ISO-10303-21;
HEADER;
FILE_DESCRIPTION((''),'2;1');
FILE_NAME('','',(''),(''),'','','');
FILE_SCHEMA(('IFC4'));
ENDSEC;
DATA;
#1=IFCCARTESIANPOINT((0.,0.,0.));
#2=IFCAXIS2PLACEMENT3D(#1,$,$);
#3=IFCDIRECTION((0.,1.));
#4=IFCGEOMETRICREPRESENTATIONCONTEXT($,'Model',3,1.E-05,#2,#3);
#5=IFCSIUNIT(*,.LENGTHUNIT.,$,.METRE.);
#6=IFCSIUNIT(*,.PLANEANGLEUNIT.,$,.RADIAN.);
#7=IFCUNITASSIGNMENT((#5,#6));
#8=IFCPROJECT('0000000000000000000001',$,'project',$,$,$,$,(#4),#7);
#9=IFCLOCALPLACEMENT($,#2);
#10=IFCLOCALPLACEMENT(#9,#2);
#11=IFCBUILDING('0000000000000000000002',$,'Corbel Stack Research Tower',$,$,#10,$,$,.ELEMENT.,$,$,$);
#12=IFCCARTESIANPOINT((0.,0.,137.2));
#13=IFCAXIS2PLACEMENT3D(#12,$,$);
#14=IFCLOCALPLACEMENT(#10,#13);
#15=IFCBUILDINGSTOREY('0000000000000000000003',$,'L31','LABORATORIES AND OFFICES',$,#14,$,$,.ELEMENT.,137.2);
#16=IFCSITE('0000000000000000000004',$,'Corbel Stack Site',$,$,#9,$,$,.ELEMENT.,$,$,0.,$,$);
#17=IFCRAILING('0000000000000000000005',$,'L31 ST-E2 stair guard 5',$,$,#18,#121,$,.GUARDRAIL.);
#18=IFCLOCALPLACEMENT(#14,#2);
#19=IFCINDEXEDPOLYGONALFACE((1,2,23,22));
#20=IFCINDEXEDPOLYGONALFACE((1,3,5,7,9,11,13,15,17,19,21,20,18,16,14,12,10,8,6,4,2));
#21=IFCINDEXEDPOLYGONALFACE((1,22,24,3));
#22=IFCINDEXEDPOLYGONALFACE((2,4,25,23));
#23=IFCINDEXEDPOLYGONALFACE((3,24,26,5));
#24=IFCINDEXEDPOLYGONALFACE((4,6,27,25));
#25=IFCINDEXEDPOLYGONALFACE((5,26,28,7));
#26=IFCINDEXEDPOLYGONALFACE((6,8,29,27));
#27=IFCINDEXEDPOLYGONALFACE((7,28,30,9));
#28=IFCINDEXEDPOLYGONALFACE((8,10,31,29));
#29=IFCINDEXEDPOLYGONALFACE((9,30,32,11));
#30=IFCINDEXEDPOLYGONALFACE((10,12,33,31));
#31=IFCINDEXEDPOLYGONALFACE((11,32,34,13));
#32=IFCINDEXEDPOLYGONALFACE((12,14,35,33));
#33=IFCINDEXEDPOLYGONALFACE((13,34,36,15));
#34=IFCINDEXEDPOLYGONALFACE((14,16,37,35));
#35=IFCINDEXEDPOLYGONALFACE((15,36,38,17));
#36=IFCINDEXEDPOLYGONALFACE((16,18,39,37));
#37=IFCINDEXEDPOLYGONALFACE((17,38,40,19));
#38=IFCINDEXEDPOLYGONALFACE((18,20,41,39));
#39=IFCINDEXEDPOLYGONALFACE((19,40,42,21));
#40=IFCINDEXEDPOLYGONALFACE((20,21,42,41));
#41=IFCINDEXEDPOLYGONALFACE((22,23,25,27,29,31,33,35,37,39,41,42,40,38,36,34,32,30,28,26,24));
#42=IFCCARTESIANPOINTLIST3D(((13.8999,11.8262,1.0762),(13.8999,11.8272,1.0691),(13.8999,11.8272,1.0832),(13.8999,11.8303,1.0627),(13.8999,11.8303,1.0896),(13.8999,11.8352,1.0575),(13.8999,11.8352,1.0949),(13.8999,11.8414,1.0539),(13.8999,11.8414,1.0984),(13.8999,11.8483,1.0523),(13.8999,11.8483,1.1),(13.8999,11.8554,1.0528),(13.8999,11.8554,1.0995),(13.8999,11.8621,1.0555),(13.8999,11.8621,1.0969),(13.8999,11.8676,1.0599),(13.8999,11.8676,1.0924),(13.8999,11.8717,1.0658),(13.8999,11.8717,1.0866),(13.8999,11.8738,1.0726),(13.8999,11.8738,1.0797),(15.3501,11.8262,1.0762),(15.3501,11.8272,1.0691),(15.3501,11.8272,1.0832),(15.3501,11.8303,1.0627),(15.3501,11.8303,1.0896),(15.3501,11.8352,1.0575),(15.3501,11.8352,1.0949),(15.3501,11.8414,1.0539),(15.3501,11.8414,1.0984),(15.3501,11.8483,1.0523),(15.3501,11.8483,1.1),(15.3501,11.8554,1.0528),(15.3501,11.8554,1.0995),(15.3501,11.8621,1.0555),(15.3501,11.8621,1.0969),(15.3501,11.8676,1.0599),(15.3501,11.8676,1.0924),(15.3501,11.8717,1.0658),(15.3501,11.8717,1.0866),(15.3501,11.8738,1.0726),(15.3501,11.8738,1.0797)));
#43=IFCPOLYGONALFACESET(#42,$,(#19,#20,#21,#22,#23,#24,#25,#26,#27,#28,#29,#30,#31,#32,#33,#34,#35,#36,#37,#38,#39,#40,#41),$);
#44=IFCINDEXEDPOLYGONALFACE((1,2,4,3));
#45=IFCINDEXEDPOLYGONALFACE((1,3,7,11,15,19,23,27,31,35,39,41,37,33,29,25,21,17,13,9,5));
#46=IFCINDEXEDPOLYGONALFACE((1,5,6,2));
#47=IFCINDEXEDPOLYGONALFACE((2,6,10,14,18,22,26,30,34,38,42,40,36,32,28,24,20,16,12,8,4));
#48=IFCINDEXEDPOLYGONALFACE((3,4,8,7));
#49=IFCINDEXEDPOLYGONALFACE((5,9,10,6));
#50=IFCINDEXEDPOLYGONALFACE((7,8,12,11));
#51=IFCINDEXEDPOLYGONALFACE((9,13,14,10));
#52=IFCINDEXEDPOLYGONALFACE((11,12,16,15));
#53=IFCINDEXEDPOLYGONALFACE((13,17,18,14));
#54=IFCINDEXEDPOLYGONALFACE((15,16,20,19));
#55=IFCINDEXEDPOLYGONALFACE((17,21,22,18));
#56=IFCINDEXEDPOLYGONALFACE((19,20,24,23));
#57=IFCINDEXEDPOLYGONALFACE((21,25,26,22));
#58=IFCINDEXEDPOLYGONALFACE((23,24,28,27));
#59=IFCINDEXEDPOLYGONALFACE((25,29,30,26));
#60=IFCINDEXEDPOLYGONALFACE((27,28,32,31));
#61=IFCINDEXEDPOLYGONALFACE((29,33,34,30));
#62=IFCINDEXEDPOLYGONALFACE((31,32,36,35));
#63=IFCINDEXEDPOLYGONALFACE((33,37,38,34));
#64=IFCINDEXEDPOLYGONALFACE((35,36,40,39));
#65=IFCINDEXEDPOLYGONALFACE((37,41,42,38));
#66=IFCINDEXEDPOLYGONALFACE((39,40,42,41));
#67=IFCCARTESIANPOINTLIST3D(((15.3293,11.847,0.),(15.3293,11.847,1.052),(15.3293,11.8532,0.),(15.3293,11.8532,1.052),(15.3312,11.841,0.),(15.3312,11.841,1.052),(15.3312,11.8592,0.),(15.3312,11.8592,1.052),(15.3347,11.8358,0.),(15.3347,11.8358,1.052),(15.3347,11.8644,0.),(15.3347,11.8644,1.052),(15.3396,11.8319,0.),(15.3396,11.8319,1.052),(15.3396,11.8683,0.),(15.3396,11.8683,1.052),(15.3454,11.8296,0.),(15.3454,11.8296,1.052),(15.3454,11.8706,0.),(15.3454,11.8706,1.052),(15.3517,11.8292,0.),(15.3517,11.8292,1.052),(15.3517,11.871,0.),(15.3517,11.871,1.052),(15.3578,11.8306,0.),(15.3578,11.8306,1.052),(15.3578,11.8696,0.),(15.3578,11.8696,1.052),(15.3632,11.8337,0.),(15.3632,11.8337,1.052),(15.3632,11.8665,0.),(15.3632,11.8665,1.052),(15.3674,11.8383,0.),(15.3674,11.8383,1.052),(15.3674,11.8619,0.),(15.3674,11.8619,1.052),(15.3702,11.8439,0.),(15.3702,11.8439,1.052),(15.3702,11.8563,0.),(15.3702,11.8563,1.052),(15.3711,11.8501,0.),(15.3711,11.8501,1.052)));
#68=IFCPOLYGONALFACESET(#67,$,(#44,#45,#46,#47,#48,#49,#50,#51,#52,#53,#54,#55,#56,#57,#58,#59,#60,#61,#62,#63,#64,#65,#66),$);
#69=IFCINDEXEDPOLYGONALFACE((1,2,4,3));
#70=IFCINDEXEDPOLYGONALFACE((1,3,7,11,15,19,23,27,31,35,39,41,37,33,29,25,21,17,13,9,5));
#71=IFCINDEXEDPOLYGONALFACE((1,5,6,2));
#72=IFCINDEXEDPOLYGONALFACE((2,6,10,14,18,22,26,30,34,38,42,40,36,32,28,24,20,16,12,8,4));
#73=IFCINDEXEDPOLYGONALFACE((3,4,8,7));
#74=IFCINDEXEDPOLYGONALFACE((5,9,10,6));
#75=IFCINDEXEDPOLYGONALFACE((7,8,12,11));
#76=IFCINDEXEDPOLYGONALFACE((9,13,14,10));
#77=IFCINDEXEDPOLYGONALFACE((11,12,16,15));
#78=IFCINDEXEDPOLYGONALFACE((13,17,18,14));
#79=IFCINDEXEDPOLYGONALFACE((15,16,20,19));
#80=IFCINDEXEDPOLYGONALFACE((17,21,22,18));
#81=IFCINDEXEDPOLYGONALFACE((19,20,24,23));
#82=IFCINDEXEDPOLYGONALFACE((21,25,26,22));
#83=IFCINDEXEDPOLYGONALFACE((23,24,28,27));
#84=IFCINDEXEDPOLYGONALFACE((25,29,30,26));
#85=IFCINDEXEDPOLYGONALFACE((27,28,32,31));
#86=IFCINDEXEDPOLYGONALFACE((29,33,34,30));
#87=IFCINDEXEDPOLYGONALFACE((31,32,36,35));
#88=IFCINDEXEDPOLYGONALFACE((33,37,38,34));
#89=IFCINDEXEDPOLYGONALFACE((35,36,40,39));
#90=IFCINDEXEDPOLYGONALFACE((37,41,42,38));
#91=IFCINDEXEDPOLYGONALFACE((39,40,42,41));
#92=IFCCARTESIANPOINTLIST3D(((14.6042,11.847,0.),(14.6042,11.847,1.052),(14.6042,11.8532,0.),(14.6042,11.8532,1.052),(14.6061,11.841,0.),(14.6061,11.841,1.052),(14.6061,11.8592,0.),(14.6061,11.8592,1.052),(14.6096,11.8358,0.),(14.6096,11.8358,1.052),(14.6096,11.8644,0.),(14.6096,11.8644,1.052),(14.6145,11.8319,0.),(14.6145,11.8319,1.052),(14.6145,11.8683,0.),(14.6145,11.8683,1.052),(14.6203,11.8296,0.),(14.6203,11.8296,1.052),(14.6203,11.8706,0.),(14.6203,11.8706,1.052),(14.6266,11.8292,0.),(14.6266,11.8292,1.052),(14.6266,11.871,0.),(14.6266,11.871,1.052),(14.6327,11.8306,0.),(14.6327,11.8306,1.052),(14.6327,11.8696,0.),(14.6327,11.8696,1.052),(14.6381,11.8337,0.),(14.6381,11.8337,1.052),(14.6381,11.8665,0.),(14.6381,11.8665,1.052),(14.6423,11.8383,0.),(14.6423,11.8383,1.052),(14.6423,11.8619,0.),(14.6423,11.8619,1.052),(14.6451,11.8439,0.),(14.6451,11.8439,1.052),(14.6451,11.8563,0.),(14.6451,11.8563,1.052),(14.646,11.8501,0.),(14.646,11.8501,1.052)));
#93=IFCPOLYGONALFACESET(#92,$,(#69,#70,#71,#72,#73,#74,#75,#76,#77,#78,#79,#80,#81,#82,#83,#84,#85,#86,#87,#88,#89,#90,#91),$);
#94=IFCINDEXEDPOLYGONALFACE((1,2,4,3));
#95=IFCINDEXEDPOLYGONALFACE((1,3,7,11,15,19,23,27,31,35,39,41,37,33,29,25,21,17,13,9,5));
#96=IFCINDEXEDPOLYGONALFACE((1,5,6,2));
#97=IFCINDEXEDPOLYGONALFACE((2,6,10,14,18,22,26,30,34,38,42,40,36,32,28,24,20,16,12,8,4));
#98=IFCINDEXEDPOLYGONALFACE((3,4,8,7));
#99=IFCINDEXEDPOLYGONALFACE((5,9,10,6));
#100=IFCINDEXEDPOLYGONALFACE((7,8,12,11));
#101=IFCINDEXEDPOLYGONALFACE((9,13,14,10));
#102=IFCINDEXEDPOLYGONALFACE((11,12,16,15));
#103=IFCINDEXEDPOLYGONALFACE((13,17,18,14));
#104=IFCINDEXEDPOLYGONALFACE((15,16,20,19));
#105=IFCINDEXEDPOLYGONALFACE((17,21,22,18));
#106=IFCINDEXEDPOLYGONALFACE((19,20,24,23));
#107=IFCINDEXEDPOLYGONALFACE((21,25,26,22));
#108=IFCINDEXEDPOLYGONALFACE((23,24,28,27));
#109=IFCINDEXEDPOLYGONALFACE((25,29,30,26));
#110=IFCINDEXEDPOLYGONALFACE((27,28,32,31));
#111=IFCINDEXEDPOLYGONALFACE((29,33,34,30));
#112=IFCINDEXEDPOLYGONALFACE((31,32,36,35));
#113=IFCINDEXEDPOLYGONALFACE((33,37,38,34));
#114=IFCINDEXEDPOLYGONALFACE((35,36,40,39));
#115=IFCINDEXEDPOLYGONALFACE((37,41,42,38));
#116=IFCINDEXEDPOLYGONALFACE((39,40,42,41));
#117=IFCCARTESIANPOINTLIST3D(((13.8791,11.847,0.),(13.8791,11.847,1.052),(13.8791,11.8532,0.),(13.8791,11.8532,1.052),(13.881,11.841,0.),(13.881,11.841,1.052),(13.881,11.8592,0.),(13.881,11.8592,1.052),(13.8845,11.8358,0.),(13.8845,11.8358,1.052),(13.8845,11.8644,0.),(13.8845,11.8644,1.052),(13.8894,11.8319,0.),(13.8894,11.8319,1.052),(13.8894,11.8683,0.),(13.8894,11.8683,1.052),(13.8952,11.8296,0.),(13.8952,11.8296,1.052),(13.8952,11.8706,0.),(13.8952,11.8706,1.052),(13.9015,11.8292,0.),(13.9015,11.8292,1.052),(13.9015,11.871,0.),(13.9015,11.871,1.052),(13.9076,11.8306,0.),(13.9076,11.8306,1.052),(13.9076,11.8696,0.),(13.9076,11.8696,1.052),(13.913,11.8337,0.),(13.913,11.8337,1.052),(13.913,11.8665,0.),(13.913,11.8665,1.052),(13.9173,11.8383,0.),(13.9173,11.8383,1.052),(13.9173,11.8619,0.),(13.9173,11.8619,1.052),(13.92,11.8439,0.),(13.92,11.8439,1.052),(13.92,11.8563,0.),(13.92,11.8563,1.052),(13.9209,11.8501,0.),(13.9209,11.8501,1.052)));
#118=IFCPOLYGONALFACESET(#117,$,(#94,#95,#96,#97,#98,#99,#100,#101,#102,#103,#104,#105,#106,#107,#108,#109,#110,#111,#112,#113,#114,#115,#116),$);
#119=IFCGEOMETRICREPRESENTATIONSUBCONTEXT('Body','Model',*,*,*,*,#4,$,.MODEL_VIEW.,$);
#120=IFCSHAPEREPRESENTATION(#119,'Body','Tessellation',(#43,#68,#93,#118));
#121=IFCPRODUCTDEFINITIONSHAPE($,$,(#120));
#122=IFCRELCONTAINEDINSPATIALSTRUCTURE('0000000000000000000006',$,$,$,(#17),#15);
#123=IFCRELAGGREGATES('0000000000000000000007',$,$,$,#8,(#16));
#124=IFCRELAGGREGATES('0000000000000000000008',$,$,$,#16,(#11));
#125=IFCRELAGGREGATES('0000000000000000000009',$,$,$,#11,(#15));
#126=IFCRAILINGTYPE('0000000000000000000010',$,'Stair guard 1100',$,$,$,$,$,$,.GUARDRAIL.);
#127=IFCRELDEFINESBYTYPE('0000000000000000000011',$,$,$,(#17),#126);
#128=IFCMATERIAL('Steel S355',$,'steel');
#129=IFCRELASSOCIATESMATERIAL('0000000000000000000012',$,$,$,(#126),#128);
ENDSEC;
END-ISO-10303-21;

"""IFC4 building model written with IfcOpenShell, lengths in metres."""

from ifc_helpers import new_model, si_unit, direction, frame, origin, origin_2d, place, context, subcontext, project, spatial, circle, extrude, material, type_object, element, save


model = new_model("IFC4")

# Units and contexts
model_context = context("Model", 3, precision=1e-05, world=origin(), true_north=direction((0.0, 1.0)))
body_context = subcontext(model_context, "Body", "Model", "MODEL_VIEW")
ifc_project = project(units=[si_unit("LENGTHUNIT", "METRE"), si_unit("PLANEANGLEUNIT", "RADIAN")], contexts=[model_context])

# Site, building, storey
site_placement = place(None, origin())
site = spatial("IfcSite", under=ifc_project, at=site_placement, Name="Corbel Stack Site", CompositionType="ELEMENT", RefElevation=0.0)
building_placement = place(site_placement, origin())
building = spatial("IfcBuilding", under=site, at=building_placement, Name="Corbel Stack Research Tower", CompositionType="ELEMENT")
storey_placement = place(building_placement, frame((0.0, 0.0, 137.2)))
storey = spatial("IfcBuildingStorey", under=building, at=storey_placement, Name="L31", Description="LABORATORIES AND OFFICES", CompositionType="ELEMENT", Elevation=137.2)

# Railing
ifc_material_1 = material(Name="Steel S355", Category="steel")
railing_type_1 = type_object("IfcRailingType", Name="Stair guard 1100", PredefinedType="GUARDRAIL", material=ifc_material_1)
railing_1_placement = place(storey_placement, frame((15.3501, 11.8501, 0.0)))
element("IfcRailing", 1, at=railing_1_placement, inside=storey, type_object=railing_type_1, Name="L31 ST-E2 stair guard 5", PredefinedType="GUARDRAIL", context=body_context, shape_type="SweptSolid", body=[
    extrude(circle(Radius=0.0239, at=origin_2d()), frame((0.0, 0.0, 1.0762), z_axis=(-1.0, 0.0, 0.0), x_axis=(0.0, -1.0, 0.0)), (0.0, 0.0, 1.0), 1.4502),
    extrude(circle(Radius=0.021, at=origin_2d()), origin(), (0.0, 0.0, 1.0), 1.052),
    extrude(circle(Radius=0.021, at=origin_2d()), frame((-0.7251, 0.0, 0.0)), (0.0, 0.0, 1.0), 1.052),
    extrude(circle(Radius=0.021, at=origin_2d()), frame((-1.4502, 0.0, 0.0)), (0.0, 0.0, 1.0), 1.052),
])

save(model, "model.ifc")
